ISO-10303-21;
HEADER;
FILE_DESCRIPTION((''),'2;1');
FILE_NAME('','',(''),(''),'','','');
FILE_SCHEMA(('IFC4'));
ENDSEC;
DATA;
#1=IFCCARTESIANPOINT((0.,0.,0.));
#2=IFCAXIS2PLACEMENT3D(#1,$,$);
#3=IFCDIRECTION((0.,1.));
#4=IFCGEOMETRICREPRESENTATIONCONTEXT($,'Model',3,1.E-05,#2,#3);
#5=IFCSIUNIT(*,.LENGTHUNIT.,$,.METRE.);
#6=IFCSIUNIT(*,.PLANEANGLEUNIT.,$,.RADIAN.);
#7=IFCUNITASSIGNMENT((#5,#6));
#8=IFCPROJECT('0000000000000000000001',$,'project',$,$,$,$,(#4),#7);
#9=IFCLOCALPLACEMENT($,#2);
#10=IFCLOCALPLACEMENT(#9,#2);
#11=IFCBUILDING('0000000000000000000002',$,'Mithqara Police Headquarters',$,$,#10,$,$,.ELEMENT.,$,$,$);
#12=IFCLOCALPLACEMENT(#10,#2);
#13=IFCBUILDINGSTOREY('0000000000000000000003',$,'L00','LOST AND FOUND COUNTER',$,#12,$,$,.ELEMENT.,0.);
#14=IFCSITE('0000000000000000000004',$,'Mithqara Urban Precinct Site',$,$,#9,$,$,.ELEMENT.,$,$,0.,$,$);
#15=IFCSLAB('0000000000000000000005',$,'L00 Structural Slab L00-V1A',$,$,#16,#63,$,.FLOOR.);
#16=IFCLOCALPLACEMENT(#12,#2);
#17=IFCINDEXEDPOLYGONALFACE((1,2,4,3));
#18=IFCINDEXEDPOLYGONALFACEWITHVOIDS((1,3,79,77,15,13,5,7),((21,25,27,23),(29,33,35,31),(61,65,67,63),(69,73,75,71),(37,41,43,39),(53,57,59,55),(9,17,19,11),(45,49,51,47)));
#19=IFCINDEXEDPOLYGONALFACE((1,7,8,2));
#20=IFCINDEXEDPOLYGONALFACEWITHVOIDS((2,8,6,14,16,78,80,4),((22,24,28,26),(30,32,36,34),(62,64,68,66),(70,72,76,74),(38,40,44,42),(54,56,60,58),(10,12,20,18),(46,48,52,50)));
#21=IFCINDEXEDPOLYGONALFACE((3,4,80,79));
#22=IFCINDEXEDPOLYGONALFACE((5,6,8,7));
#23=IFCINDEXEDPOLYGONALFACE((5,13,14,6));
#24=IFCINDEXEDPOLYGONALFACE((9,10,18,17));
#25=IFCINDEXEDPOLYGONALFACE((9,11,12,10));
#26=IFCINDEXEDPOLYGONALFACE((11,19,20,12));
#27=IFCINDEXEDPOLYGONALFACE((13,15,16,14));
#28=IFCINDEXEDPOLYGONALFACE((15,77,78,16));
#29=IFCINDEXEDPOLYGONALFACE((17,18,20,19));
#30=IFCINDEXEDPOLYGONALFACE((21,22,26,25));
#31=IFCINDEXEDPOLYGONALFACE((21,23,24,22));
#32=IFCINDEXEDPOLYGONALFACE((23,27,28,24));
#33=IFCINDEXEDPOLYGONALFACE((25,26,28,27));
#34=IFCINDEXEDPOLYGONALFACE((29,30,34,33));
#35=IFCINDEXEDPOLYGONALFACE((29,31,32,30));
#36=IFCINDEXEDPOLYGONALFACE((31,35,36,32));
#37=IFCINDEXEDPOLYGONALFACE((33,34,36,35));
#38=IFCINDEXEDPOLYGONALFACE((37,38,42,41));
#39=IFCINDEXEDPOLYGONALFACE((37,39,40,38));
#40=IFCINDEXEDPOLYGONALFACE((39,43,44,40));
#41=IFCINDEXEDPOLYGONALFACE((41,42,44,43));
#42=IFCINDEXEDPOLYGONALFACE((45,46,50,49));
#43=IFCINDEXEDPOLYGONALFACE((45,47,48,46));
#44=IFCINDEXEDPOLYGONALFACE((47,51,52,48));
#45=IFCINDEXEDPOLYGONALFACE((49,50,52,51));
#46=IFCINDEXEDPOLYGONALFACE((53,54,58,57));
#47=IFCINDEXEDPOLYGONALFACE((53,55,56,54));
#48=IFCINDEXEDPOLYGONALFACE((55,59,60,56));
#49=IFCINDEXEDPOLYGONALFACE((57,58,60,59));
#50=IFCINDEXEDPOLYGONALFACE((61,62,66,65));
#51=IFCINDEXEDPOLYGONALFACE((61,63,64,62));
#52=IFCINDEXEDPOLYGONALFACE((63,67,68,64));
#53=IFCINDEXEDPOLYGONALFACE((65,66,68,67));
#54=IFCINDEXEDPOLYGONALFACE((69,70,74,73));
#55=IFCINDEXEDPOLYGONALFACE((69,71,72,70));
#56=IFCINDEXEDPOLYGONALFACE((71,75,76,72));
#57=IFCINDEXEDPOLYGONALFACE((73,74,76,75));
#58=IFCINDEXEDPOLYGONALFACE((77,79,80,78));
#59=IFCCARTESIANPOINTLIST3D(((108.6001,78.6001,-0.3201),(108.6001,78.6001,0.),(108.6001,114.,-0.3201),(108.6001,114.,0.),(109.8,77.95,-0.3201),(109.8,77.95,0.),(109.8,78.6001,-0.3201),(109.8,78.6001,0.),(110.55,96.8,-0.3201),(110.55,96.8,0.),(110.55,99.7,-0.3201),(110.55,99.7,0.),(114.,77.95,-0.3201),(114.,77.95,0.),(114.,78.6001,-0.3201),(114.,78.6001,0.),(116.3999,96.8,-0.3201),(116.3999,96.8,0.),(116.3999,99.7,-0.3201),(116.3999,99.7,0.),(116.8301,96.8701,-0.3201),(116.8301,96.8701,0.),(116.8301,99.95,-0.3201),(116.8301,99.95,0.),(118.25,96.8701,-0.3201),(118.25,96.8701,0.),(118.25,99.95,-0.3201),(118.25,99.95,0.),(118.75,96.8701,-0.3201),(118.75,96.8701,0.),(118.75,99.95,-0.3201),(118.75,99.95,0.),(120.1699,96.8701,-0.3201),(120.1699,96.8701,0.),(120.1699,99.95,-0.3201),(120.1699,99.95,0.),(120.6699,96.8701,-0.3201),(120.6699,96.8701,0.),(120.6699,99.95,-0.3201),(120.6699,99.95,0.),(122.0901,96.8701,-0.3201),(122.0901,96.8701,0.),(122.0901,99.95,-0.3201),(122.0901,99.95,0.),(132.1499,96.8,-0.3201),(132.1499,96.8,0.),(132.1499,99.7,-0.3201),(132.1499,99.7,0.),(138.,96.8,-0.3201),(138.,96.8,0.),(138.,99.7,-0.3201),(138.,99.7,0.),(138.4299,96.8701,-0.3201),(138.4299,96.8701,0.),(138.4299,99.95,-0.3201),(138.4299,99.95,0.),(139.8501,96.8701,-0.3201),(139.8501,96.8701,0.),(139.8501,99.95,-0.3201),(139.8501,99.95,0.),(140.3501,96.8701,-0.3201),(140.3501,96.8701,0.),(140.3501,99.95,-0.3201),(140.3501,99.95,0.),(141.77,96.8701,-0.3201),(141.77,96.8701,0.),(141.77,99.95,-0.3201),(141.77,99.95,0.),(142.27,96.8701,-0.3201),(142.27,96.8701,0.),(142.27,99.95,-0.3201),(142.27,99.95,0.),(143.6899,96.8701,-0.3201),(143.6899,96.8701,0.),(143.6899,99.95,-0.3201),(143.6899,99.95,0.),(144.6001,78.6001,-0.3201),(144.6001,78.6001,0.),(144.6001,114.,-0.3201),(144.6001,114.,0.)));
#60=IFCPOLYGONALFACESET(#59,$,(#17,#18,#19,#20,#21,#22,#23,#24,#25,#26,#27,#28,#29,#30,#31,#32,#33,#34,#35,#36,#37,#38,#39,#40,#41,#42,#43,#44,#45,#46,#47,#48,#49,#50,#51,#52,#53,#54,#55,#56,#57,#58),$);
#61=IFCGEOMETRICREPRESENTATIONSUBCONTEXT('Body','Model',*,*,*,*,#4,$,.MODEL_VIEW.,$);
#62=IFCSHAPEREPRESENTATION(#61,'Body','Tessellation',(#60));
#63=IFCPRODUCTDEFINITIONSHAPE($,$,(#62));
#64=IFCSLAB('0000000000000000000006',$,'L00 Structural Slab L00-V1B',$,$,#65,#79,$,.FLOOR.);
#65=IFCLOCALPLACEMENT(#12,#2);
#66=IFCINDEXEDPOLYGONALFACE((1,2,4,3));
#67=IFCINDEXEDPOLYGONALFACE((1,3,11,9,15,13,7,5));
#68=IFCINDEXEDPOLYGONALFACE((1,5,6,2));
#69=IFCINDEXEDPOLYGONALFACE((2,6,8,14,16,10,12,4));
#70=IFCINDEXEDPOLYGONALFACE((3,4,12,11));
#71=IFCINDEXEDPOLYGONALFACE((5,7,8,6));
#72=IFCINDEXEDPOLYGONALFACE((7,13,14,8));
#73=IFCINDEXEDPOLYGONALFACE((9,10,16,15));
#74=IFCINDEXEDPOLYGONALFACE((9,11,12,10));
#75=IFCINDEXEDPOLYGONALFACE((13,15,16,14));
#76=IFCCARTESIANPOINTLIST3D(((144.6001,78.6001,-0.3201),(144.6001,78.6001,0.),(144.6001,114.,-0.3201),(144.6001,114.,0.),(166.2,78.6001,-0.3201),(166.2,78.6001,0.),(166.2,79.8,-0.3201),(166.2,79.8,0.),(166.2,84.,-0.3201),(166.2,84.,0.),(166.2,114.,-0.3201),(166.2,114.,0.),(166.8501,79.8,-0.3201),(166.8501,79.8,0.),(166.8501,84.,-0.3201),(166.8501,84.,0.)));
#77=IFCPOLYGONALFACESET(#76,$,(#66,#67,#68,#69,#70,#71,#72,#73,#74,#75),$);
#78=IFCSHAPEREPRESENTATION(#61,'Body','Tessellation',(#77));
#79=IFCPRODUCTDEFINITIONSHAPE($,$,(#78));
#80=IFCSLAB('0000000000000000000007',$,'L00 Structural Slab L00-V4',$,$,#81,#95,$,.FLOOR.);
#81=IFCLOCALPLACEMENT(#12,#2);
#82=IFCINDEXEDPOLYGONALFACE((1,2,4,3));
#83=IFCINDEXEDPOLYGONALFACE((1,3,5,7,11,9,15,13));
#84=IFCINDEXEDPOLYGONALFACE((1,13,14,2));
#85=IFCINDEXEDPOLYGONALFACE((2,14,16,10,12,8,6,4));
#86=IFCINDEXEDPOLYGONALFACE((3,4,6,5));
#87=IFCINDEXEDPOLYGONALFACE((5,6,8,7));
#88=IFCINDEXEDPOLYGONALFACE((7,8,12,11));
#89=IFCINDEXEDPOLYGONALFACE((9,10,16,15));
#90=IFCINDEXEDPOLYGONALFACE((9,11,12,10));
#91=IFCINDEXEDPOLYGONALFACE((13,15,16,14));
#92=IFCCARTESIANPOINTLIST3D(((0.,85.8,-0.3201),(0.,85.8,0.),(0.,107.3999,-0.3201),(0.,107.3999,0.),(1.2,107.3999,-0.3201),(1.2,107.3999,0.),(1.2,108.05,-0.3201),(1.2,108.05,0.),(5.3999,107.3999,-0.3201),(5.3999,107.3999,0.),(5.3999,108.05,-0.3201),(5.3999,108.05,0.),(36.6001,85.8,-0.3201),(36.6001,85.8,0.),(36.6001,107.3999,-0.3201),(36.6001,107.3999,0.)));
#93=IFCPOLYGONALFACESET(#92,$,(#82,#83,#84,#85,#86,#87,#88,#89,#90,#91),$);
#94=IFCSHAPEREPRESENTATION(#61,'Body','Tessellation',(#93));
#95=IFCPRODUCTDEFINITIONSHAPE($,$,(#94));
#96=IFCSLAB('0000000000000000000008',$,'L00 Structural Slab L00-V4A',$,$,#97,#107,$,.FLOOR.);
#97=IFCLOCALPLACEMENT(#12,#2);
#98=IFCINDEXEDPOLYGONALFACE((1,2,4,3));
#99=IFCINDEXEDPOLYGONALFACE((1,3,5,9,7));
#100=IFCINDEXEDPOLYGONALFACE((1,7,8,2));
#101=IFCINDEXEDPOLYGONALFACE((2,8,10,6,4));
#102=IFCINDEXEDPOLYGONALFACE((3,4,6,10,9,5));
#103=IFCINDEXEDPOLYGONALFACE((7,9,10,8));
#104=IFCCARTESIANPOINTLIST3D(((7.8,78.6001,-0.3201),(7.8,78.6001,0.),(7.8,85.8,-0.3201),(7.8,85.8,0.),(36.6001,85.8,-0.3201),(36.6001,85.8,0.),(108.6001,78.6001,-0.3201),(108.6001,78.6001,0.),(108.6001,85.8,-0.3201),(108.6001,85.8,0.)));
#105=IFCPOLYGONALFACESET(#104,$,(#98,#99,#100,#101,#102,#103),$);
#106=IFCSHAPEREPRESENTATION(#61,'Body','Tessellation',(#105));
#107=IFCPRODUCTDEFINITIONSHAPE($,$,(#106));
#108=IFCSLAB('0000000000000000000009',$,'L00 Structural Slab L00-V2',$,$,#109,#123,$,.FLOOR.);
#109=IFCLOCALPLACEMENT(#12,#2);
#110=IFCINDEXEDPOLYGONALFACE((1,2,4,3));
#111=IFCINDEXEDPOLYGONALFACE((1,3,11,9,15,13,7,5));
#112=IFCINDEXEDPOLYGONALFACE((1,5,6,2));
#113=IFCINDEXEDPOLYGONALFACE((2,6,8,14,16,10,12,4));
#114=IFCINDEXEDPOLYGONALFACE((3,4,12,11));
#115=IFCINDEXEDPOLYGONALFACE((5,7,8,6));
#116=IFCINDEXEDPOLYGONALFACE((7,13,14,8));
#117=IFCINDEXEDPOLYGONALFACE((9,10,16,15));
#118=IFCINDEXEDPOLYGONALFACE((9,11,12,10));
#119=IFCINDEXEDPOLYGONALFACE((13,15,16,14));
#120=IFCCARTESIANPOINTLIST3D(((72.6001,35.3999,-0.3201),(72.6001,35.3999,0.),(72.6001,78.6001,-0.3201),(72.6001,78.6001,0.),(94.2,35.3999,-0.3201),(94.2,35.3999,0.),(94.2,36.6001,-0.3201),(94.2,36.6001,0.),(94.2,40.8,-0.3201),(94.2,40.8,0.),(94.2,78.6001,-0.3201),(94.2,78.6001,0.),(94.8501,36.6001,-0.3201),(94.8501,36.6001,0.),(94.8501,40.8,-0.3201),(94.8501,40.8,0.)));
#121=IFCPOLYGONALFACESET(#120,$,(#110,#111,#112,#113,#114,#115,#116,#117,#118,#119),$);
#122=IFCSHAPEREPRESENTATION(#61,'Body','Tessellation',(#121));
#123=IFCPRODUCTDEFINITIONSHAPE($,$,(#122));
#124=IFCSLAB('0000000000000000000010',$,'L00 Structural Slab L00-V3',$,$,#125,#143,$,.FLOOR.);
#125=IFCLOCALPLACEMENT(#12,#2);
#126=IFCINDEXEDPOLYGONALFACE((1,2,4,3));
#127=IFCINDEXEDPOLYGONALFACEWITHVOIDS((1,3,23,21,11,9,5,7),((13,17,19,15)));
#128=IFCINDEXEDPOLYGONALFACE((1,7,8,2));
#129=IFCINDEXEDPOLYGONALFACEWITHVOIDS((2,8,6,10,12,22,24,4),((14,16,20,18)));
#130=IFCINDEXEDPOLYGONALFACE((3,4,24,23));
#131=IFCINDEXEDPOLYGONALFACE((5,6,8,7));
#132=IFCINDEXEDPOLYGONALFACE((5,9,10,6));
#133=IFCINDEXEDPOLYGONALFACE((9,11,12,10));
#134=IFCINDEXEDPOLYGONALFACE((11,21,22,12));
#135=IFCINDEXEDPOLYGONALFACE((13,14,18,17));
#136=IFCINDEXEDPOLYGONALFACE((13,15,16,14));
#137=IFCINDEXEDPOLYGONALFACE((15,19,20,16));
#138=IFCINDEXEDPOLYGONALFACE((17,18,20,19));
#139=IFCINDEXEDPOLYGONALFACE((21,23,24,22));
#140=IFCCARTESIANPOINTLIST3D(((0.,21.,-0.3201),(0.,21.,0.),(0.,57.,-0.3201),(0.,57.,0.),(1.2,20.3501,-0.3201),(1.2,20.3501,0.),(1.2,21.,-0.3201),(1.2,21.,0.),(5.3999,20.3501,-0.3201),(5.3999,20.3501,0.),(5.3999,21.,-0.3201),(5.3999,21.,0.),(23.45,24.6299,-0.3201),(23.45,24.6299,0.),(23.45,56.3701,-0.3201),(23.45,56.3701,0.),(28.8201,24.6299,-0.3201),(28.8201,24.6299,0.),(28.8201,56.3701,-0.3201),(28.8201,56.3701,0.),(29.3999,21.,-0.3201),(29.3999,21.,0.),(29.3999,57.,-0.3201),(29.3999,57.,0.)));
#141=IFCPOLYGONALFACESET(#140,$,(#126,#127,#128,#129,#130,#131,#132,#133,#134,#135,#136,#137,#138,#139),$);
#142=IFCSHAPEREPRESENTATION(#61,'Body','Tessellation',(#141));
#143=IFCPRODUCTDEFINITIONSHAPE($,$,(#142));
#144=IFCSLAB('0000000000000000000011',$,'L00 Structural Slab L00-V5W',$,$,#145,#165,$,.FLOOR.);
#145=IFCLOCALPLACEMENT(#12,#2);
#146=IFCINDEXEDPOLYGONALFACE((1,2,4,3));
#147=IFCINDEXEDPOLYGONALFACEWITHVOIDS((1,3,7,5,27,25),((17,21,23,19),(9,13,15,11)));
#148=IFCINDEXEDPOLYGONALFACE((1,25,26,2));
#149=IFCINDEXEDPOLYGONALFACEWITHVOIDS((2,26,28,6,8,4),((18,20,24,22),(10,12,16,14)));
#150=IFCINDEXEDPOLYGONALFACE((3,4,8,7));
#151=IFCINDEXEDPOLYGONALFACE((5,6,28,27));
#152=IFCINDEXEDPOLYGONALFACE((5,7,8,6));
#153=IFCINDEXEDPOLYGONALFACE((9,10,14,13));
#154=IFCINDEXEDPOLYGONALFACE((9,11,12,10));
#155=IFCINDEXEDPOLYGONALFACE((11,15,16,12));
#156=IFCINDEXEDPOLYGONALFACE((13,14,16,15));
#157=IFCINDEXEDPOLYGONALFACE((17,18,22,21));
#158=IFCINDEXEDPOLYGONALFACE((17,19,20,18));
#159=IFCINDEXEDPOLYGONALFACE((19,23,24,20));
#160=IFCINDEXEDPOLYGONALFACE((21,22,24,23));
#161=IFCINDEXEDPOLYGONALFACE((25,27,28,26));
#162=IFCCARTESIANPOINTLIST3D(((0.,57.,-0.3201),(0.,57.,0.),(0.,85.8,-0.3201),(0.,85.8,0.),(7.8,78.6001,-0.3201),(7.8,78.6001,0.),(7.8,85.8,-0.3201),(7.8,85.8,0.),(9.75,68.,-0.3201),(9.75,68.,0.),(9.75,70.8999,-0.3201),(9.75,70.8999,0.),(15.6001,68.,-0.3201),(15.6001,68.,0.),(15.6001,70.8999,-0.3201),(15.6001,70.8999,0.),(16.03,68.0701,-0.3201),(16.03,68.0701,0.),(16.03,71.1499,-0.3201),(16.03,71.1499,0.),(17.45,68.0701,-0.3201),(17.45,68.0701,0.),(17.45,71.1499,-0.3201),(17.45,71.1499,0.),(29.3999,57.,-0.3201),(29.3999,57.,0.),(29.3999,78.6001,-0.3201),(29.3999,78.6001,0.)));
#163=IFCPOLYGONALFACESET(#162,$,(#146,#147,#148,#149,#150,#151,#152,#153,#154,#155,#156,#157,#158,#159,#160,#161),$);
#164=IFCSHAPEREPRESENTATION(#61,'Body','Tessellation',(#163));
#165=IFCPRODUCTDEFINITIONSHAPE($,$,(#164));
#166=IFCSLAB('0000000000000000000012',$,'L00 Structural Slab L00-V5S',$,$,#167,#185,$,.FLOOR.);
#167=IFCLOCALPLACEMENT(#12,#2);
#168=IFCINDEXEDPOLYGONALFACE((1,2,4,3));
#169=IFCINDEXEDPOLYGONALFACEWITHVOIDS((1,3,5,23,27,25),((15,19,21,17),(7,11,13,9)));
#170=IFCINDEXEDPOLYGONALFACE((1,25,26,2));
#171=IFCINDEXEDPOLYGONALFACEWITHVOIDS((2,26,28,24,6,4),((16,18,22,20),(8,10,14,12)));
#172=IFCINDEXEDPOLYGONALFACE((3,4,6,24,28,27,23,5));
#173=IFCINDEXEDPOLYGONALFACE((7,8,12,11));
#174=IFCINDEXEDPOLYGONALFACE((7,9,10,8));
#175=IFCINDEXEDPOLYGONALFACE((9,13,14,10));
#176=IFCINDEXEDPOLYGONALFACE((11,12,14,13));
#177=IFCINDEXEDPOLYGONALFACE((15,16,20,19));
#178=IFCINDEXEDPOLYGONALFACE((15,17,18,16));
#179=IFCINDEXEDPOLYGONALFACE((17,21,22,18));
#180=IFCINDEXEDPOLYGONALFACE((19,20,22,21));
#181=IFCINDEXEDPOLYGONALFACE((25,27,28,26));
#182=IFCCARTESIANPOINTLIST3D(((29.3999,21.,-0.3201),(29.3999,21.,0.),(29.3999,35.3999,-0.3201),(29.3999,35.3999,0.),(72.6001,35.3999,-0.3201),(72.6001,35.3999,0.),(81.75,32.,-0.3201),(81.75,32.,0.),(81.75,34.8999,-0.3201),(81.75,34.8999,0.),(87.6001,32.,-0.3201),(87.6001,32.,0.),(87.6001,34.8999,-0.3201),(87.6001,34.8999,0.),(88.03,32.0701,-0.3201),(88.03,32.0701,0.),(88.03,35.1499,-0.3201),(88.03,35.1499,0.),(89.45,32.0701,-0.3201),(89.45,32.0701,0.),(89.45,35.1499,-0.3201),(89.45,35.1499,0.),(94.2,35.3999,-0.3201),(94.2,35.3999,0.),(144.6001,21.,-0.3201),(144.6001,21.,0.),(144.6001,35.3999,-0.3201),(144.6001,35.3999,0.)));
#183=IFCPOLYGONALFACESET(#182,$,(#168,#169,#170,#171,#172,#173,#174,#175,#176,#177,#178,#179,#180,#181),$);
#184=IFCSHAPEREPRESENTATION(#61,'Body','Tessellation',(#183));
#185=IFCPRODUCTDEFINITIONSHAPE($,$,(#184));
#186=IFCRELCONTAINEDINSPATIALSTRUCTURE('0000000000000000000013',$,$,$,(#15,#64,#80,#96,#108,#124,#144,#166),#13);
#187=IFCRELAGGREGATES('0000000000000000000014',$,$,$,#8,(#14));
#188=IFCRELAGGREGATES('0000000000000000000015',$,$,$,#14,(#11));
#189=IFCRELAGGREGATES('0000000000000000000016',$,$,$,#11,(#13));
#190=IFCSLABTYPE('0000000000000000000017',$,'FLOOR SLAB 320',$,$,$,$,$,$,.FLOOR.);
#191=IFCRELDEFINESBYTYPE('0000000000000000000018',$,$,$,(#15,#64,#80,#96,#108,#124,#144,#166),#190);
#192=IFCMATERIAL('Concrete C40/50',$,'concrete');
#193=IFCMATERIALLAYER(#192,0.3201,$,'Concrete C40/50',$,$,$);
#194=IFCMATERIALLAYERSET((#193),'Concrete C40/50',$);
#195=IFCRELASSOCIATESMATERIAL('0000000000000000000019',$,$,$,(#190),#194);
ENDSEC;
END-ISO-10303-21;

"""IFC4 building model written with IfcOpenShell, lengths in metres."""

from ifc_helpers import new_model, si_unit, direction, frame, origin, place, context, subcontext, project, spatial, polyline, outline, extrude, material, layer, layer_set, type_object, element, save


model = new_model("IFC4")

# Units and contexts
model_context = context("Model", 3, precision=1e-05, world=origin(), true_north=direction((0.0, 1.0)))
body_context = subcontext(model_context, "Body", "Model", "MODEL_VIEW")
ifc_project = project(units=[si_unit("LENGTHUNIT", "METRE"), si_unit("PLANEANGLEUNIT", "RADIAN")], contexts=[model_context])

# Site, building, storey
site_placement = place(None, origin())
site = spatial("IfcSite", under=ifc_project, at=site_placement, Name="Mithqara Urban Precinct Site", CompositionType="ELEMENT", RefElevation=0.0)
building_placement = place(site_placement, origin())
building = spatial("IfcBuilding", under=site, at=building_placement, Name="Mithqara Police Headquarters", CompositionType="ELEMENT")
storey_placement = place(building_placement, origin())
storey = spatial("IfcBuildingStorey", under=building, at=storey_placement, Name="L00", Description="LOST AND FOUND COUNTER", CompositionType="ELEMENT", Elevation=0.0)

# Slabs
ifc_material_1 = material(Name="Concrete C40/50", Category="concrete")
ifc_layer_1 = layer(ifc_material_1, 0.3201, Name="Concrete C40/50")
ifc_layer_set_1 = layer_set([ifc_layer_1], Name="Concrete C40/50")
slab_type_1 = type_object("IfcSlabType", Name="FLOOR SLAB 320", PredefinedType="FLOOR", material=ifc_layer_set_1)
slab_1_placement = place(storey_placement, frame((0.0, 0.0, -0.3201)))
element("IfcSlab", 1, at=slab_1_placement, inside=storey, type_object=slab_type_1, Name="L00 Structural Slab L00-V1A", PredefinedType="FLOOR", context=body_context, shape_type="SweptSolid", body=[
    extrude(outline(polyline([(109.8, 78.6001), (108.6001, 78.6001), (108.6001, 114.0), (144.6001, 114.0), (144.6001, 78.6001), (114.0, 78.6001), (114.0, 77.95), (109.8, 77.95), (109.8, 78.6001)]), holes=[polyline([(110.55, 96.8), (116.3999, 96.8), (116.3999, 99.7), (110.55, 99.7), (110.55, 96.8)]), polyline([(132.1499, 96.8), (138.0, 96.8), (138.0, 99.7), (132.1499, 99.7), (132.1499, 96.8)]), polyline([(118.25, 96.8701), (118.25, 99.95), (116.8301, 99.95), (116.8301, 96.8701), (118.25, 96.8701)]), polyline([(120.1699, 96.8701), (120.1699, 99.95), (118.75, 99.95), (118.75, 96.8701), (120.1699, 96.8701)]), polyline([(122.0901, 96.8701), (122.0901, 99.95), (120.6699, 99.95), (120.6699, 96.8701), (122.0901, 96.8701)]), polyline([(139.8501, 96.8701), (139.8501, 99.95), (138.4299, 99.95), (138.4299, 96.8701), (139.8501, 96.8701)]), polyline([(141.77, 96.8701), (141.77, 99.95), (140.3501, 99.95), (140.3501, 96.8701), (141.77, 96.8701)]), polyline([(143.6899, 96.8701), (143.6899, 99.95), (142.27, 99.95), (142.27, 96.8701), (143.6899, 96.8701)])]), origin(), (0.0, 0.0, 1.0), 0.3201),
])
slab_2_placement = place(storey_placement, frame((0.0, 0.0, -0.3201)))
element("IfcSlab", 2, at=slab_2_placement, inside=storey, type_object=slab_type_1, Name="L00 Structural Slab L00-V1B", PredefinedType="FLOOR", context=body_context, shape_type="SweptSolid", body=[
    extrude(outline(polyline([(166.8501, 84.0), (166.8501, 79.8), (166.2, 79.8), (166.2, 78.6001), (144.6001, 78.6001), (144.6001, 114.0), (166.2, 114.0), (166.2, 84.0), (166.8501, 84.0)])), origin(), (0.0, 0.0, 1.0), 0.3201),
])
slab_3_placement = place(storey_placement, frame((0.0, 0.0, -0.3201)))
element("IfcSlab", 3, at=slab_3_placement, inside=storey, type_object=slab_type_1, Name="L00 Structural Slab L00-V4", PredefinedType="FLOOR", context=body_context, shape_type="SweptSolid", body=[
    extrude(outline(polyline([(0.0, 107.3999), (1.2, 107.3999), (1.2, 108.05), (5.3999, 108.05), (5.3999, 107.3999), (36.6001, 107.3999), (36.6001, 85.8), (0.0, 85.8), (0.0, 107.3999)])), origin(), (0.0, 0.0, 1.0), 0.3201),
])
slab_4_placement = place(storey_placement, frame((0.0, 0.0, -0.3201)))
element("IfcSlab", 4, at=slab_4_placement, inside=storey, type_object=slab_type_1, Name="L00 Structural Slab L00-V4A", PredefinedType="FLOOR", context=body_context, shape_type="SweptSolid", body=[
    extrude(outline(polyline([(108.6001, 78.6001), (7.8, 78.6001), (7.8, 85.8), (36.6001, 85.8), (108.6001, 85.8), (108.6001, 78.6001)])), origin(), (0.0, 0.0, 1.0), 0.3201),
])
slab_5_placement = place(storey_placement, frame((0.0, 0.0, -0.3201)))
element("IfcSlab", 5, at=slab_5_placement, inside=storey, type_object=slab_type_1, Name="L00 Structural Slab L00-V2", PredefinedType="FLOOR", context=body_context, shape_type="SweptSolid", body=[
    extrude(outline(polyline([(94.8501, 40.8), (94.8501, 36.6001), (94.2, 36.6001), (94.2, 35.3999), (72.6001, 35.3999), (72.6001, 78.6001), (94.2, 78.6001), (94.2, 40.8), (94.8501, 40.8)])), origin(), (0.0, 0.0, 1.0), 0.3201),
])
slab_6_placement = place(storey_placement, frame((0.0, 0.0, -0.3201)))
element("IfcSlab", 6, at=slab_6_placement, inside=storey, type_object=slab_type_1, Name="L00 Structural Slab L00-V3", PredefinedType="FLOOR", context=body_context, shape_type="SweptSolid", body=[
    extrude(outline(polyline([(1.2, 21.0), (0.0, 21.0), (0.0, 57.0), (29.3999, 57.0), (29.3999, 21.0), (5.3999, 21.0), (5.3999, 20.3501), (1.2, 20.3501), (1.2, 21.0)]), holes=[polyline([(28.8201, 24.6299), (28.8201, 56.3701), (23.45, 56.3701), (23.45, 24.6299), (28.8201, 24.6299)])]), origin(), (0.0, 0.0, 1.0), 0.3201),
])
slab_7_placement = place(storey_placement, frame((0.0, 0.0, -0.3201)))
element("IfcSlab", 7, at=slab_7_placement, inside=storey, type_object=slab_type_1, Name="L00 Structural Slab L00-V5W", PredefinedType="FLOOR", context=body_context, shape_type="SweptSolid", body=[
    extrude(outline(polyline([(29.3999, 57.0), (0.0, 57.0), (0.0, 85.8), (7.8, 85.8), (7.8, 78.6001), (29.3999, 78.6001), (29.3999, 57.0)]), holes=[polyline([(9.75, 68.0), (15.6001, 68.0), (15.6001, 70.8999), (9.75, 70.8999), (9.75, 68.0)]), polyline([(17.45, 68.0701), (17.45, 71.1499), (16.03, 71.1499), (16.03, 68.0701), (17.45, 68.0701)])]), origin(), (0.0, 0.0, 1.0), 0.3201),
])
slab_8_placement = place(storey_placement, frame((0.0, 0.0, -0.3201)))
element("IfcSlab", 8, at=slab_8_placement, inside=storey, type_object=slab_type_1, Name="L00 Structural Slab L00-V5S", PredefinedType="FLOOR", context=body_context, shape_type="SweptSolid", body=[
    extrude(outline(polyline([(144.6001, 35.3999), (144.6001, 21.0), (29.3999, 21.0), (29.3999, 35.3999), (72.6001, 35.3999), (94.2, 35.3999), (144.6001, 35.3999)]), holes=[polyline([(81.75, 32.0), (87.6001, 32.0), (87.6001, 34.8999), (81.75, 34.8999), (81.75, 32.0)]), polyline([(89.45, 32.0701), (89.45, 35.1499), (88.03, 35.1499), (88.03, 32.0701), (89.45, 32.0701)])]), origin(), (0.0, 0.0, 1.0), 0.3201),
])

save(model, "model.ifc")
